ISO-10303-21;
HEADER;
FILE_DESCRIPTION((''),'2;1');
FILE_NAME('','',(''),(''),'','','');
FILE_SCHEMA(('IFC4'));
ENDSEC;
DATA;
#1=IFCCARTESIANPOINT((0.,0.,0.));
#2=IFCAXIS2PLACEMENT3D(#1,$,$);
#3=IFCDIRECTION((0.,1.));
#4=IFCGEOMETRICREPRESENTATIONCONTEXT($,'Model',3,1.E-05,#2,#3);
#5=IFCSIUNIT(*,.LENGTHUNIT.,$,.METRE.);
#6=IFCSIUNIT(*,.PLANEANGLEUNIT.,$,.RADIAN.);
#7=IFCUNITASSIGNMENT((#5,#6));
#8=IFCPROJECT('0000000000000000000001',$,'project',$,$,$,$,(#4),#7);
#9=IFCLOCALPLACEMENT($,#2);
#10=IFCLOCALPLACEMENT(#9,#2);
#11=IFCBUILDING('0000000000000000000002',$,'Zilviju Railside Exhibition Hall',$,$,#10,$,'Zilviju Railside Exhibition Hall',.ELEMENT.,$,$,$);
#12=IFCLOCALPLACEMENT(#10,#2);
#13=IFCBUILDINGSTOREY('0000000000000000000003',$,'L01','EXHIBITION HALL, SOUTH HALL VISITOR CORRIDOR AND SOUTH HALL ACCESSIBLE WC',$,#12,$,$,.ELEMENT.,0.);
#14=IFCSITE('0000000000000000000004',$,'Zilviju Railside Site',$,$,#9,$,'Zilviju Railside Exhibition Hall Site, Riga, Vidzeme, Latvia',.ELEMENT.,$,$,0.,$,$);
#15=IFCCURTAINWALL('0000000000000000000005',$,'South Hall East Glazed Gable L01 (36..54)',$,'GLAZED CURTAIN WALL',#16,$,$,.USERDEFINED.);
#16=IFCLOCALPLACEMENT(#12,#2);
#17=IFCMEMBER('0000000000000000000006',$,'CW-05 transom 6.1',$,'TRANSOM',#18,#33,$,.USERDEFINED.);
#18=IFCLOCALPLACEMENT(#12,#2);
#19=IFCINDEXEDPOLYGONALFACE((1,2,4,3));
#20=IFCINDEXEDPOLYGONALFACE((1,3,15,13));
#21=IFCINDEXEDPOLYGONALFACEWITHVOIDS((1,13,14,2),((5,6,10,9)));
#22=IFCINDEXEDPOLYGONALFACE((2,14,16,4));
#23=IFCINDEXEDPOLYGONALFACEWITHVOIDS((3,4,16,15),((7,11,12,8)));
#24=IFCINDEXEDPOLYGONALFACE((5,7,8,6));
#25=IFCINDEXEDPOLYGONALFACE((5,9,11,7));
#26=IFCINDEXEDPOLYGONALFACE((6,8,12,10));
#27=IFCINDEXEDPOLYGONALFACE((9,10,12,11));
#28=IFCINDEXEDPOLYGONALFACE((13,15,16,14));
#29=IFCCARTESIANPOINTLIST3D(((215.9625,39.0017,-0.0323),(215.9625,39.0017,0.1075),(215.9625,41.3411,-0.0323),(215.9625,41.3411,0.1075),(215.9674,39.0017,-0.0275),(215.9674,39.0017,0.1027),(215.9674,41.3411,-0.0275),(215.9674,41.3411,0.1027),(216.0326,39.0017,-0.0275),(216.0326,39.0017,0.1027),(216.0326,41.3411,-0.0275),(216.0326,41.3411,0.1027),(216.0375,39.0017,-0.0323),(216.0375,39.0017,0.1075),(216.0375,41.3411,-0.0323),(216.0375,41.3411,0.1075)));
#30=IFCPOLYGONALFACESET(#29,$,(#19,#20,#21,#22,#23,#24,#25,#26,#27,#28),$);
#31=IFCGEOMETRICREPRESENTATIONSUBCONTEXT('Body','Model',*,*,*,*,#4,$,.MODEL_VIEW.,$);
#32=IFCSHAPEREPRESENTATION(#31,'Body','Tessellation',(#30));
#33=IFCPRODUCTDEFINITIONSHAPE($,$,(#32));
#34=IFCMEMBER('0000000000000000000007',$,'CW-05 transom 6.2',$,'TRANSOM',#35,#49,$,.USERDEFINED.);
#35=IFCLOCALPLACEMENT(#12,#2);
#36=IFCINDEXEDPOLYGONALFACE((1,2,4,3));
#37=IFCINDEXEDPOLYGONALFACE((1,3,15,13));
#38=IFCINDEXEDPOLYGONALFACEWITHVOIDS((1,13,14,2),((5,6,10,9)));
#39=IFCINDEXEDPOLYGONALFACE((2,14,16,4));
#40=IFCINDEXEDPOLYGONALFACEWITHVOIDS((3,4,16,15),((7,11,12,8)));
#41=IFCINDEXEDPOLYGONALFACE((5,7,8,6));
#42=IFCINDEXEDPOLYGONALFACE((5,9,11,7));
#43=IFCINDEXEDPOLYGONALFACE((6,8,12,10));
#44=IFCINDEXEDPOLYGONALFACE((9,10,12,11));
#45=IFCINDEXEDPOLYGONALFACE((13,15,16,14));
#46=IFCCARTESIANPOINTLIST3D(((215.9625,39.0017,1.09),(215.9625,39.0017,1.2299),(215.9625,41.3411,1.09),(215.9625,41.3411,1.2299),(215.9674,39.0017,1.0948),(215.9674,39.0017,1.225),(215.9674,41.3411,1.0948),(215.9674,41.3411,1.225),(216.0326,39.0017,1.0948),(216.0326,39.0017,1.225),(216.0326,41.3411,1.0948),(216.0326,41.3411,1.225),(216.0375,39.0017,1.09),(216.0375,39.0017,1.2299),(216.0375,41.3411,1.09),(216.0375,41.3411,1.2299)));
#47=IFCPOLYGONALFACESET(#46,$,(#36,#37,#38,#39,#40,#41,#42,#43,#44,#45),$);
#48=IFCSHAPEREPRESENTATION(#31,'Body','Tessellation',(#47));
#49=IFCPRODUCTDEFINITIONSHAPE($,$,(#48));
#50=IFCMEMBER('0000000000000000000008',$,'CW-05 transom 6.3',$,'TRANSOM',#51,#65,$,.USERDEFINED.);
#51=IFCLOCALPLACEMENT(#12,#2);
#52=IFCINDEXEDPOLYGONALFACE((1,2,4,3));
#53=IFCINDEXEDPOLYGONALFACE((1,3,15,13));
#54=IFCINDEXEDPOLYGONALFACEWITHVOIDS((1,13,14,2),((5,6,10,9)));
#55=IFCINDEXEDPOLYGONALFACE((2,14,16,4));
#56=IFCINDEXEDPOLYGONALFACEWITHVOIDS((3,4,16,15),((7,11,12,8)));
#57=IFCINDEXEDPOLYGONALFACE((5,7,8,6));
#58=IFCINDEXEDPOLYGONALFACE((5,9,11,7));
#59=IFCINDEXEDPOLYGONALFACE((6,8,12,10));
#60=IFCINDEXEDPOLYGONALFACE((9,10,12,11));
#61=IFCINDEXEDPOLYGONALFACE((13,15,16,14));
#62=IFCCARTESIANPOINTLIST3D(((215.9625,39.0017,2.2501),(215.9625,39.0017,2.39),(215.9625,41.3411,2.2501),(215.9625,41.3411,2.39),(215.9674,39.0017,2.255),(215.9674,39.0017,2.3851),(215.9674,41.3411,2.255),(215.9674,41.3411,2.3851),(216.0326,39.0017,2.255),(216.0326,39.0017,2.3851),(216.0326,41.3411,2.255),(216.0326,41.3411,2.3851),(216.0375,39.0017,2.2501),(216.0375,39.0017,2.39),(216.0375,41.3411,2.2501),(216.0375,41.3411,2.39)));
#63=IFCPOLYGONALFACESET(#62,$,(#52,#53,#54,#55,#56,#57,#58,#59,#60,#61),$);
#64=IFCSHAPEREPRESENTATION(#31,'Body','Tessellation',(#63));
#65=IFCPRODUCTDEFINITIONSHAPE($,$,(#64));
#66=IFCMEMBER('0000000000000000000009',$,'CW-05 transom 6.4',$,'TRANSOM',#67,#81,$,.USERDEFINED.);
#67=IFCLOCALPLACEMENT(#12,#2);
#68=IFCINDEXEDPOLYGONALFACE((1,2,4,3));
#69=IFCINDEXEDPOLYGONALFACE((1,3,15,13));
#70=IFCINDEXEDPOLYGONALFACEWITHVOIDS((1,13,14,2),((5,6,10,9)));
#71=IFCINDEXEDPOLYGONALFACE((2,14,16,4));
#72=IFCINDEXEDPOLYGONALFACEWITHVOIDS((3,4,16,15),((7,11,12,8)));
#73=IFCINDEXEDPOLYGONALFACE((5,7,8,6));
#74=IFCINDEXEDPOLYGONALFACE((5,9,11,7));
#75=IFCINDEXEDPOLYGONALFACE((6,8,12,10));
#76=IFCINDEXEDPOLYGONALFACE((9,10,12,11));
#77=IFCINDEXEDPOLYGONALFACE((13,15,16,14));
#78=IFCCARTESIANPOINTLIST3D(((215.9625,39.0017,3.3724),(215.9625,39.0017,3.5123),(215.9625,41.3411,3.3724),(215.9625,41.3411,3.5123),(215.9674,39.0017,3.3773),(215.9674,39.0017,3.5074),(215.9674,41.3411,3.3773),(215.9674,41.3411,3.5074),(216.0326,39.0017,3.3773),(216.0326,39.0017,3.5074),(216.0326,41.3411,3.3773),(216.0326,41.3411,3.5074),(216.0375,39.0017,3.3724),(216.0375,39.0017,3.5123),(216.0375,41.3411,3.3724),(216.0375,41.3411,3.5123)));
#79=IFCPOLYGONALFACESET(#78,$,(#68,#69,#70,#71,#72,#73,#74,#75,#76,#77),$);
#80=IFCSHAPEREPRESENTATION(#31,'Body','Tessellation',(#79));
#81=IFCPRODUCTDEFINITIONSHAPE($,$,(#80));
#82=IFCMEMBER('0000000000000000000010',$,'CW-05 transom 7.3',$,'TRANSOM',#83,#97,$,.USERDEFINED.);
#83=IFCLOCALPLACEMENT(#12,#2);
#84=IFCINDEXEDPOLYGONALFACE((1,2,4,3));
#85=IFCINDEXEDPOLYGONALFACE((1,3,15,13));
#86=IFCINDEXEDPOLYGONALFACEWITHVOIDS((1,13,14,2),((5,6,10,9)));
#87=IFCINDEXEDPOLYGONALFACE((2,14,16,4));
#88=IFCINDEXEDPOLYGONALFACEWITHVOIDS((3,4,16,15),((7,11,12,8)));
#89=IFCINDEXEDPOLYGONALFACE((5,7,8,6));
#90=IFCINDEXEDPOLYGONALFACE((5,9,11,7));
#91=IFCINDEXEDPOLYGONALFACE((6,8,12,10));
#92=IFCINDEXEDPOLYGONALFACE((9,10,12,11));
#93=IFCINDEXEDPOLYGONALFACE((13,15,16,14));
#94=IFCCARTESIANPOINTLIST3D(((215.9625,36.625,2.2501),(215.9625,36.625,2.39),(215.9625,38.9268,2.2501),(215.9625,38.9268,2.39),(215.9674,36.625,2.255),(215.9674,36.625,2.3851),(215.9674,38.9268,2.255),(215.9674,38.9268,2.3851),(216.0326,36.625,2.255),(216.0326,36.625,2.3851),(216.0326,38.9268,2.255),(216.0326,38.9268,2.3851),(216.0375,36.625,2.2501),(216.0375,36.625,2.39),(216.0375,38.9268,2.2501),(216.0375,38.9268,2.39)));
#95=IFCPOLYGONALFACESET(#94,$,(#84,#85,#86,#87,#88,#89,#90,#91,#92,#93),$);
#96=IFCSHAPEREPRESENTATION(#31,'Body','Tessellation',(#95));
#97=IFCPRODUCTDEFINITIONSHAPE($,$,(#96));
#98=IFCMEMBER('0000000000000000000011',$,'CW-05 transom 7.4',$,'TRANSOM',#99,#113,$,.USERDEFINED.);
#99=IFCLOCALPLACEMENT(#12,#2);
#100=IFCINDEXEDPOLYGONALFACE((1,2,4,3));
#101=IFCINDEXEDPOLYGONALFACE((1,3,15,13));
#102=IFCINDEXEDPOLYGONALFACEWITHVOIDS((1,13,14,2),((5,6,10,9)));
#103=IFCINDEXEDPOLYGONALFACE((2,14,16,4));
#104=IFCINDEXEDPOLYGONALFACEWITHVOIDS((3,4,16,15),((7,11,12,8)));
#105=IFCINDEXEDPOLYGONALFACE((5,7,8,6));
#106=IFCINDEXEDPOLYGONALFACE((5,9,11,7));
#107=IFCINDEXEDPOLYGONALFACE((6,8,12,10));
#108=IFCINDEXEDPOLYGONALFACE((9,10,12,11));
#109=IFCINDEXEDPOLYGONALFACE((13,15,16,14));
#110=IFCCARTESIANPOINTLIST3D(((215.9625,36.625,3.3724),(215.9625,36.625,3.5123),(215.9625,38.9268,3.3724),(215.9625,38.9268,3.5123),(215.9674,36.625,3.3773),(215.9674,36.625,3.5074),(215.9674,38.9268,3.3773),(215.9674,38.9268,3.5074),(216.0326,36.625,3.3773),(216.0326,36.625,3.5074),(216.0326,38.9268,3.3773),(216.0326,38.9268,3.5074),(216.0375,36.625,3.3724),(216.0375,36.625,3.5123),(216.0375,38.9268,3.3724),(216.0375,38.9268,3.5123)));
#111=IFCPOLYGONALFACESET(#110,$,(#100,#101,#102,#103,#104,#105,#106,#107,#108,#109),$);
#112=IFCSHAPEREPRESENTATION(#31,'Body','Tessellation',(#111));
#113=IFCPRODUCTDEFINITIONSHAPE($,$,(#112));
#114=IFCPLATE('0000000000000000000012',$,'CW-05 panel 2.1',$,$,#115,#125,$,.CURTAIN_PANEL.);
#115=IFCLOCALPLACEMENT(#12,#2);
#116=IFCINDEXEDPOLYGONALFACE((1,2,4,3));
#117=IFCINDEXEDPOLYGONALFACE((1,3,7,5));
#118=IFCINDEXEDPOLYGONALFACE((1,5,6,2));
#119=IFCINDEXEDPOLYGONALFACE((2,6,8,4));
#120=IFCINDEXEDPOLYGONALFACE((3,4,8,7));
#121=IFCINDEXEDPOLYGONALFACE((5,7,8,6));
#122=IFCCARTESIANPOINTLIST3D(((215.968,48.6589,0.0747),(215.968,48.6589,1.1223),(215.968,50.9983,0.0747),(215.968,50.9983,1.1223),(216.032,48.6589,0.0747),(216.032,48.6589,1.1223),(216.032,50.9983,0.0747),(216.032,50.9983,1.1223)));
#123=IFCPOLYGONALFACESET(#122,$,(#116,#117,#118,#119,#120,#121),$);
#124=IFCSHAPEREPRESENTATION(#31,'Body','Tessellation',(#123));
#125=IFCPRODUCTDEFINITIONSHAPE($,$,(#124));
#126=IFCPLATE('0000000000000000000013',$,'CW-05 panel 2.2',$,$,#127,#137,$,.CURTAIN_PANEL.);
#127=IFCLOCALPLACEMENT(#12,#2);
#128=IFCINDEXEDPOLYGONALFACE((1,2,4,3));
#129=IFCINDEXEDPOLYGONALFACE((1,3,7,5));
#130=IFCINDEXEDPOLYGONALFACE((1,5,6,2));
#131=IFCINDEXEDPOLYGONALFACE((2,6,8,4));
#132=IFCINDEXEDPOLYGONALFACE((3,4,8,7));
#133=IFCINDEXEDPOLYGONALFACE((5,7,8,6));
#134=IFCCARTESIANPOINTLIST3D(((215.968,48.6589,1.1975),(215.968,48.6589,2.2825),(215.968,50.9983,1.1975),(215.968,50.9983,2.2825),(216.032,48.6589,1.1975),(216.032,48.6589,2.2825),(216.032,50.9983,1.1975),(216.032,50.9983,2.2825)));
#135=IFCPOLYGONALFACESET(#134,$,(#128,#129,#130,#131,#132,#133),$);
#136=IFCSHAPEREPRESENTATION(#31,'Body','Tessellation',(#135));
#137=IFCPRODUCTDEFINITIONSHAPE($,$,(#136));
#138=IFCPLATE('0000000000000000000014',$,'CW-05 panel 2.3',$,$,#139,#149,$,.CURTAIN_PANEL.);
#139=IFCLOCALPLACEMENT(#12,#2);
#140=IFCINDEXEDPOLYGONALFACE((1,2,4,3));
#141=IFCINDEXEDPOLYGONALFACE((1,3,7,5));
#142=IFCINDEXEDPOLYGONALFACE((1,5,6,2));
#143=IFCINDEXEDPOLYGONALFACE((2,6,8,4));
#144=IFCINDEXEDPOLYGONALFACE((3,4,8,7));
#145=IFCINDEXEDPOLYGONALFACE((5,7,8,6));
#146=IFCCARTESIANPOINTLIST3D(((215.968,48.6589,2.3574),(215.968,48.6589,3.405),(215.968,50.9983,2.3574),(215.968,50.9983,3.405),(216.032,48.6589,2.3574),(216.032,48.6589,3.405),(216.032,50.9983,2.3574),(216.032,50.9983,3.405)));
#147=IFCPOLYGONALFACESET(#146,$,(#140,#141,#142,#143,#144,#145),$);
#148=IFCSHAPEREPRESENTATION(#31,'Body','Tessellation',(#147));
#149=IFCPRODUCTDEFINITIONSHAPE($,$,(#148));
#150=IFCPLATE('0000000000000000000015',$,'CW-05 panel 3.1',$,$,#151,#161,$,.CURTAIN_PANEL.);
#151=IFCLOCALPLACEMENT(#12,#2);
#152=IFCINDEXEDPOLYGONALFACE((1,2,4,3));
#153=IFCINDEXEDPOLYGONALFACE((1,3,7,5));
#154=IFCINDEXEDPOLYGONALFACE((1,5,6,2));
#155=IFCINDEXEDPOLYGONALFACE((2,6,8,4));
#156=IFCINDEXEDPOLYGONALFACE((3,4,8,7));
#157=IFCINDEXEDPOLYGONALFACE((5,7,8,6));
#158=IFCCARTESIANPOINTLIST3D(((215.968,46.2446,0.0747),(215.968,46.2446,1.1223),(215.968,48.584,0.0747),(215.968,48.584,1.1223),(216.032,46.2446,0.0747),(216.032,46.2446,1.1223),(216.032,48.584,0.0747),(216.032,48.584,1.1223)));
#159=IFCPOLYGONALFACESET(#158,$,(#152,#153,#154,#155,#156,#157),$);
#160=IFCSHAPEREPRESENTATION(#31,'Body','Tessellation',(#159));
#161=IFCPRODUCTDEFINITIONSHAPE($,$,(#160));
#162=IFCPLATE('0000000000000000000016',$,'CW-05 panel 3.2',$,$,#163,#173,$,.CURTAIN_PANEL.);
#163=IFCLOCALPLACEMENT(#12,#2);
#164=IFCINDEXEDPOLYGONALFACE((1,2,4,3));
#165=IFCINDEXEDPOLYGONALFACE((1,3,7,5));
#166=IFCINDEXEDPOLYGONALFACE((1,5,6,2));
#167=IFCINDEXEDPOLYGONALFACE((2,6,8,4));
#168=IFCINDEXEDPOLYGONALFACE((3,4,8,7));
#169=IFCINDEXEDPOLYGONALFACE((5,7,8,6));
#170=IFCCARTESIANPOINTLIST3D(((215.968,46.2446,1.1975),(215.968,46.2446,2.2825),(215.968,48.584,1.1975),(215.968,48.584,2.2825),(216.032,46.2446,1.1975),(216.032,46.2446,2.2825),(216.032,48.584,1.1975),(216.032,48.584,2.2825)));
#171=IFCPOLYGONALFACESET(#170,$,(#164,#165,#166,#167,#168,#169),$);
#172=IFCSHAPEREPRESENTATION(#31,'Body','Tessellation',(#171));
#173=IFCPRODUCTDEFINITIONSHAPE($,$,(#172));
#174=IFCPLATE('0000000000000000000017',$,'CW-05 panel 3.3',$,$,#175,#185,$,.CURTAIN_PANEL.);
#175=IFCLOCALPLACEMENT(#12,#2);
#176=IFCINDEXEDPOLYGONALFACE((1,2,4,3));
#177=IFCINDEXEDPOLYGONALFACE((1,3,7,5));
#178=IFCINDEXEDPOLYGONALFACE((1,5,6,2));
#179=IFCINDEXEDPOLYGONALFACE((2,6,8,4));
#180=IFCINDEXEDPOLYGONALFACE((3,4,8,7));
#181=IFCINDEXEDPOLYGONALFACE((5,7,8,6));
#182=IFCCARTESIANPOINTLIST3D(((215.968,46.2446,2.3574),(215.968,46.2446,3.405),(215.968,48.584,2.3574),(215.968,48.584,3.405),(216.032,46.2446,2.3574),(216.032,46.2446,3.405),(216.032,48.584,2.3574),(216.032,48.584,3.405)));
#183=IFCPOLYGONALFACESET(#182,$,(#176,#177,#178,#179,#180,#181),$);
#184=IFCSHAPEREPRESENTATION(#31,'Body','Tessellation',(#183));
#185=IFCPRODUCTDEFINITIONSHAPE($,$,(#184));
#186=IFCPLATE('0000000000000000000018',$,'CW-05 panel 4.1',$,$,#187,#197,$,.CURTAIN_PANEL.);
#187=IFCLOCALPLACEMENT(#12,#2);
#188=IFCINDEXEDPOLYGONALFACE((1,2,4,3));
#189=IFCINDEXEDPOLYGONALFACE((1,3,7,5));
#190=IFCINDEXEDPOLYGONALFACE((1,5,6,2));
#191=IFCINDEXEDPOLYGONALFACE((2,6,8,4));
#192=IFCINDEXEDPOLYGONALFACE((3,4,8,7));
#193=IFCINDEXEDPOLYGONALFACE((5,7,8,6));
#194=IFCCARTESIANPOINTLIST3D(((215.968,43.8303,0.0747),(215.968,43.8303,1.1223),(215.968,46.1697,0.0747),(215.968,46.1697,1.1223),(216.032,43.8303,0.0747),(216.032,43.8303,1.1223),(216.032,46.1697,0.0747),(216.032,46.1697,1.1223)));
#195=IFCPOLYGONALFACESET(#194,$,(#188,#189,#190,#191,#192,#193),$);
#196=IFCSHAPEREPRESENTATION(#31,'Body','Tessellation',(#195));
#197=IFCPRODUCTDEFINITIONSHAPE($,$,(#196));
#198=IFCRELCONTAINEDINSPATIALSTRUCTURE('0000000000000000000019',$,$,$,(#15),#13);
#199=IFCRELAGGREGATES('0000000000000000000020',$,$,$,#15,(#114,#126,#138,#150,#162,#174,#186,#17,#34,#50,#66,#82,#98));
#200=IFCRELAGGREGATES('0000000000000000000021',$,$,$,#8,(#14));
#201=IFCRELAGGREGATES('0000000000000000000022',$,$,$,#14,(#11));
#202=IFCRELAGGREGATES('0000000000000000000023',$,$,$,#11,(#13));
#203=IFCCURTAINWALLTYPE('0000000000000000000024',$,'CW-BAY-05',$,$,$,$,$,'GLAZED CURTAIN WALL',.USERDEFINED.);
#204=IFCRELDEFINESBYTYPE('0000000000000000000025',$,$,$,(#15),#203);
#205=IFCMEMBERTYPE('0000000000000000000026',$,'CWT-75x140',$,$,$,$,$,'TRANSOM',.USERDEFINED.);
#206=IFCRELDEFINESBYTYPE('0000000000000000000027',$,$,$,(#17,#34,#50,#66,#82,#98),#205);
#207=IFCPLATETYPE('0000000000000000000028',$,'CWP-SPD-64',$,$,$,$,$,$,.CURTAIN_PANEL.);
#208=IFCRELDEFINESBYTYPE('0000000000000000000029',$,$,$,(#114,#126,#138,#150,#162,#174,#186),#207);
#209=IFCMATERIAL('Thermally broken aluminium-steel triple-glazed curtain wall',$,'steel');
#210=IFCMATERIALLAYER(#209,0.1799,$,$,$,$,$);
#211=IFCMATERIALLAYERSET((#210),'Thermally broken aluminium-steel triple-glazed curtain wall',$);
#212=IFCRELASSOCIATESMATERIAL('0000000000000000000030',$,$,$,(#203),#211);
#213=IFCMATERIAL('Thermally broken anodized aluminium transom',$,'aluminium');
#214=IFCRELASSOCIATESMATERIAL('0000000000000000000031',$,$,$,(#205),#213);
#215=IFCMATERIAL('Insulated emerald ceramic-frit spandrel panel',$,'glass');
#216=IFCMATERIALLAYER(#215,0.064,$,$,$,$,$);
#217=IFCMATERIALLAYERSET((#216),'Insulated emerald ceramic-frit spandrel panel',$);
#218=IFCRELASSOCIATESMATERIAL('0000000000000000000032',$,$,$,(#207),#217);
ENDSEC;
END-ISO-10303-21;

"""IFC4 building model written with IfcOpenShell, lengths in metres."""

from ifc_helpers import new_model, si_unit, direction, frame, origin, origin_2d, place, context, subcontext, project, spatial, rectangle, hollow_rectangle, extrude, material, layer, layer_set, material_profile, profile_set, type_object, element, aggregate, save


model = new_model("IFC4")

# Units and contexts
model_context = context("Model", 3, precision=1e-05, world=origin(), true_north=direction((0.0, 1.0)))
body_context = subcontext(model_context, "Body", "Model", "MODEL_VIEW")
ifc_project = project(units=[si_unit("LENGTHUNIT", "METRE"), si_unit("PLANEANGLEUNIT", "RADIAN")], contexts=[model_context])

# Site, building, storey
site_placement = place(None, origin())
site = spatial("IfcSite", under=ifc_project, at=site_placement, Name="Zilviju Railside Site", LongName="Zilviju Railside Exhibition Hall Site, Riga, Vidzeme, Latvia", CompositionType="ELEMENT", RefElevation=0.0)
building_placement = place(site_placement, origin())
building = spatial("IfcBuilding", under=site, at=building_placement, Name="Zilviju Railside Exhibition Hall", LongName="Zilviju Railside Exhibition Hall", CompositionType="ELEMENT")
storey_placement = place(building_placement, origin())
storey = spatial("IfcBuildingStorey", under=building, at=storey_placement, Name="L01", Description="EXHIBITION HALL, SOUTH HALL VISITOR CORRIDOR AND SOUTH HALL ACCESSIBLE WC", CompositionType="ELEMENT", Elevation=0.0)

# Curtain wall, members, plates
ifc_material_1 = material(Name="Thermally broken aluminium-steel triple-glazed curtain wall", Category="steel")
ifc_layer_1 = layer(ifc_material_1, 0.1799)
ifc_layer_set_1 = layer_set([ifc_layer_1], Name="Thermally broken aluminium-steel triple-glazed curtain wall")
curtain_wall_type = type_object("IfcCurtainWallType", Name="CW-BAY-05", ElementType="GLAZED CURTAIN WALL", PredefinedType="USERDEFINED", material=ifc_layer_set_1)
curtain_wall_placement = place(storey_placement, origin())
curtain_wall = element("IfcCurtainWall", 1, at=curtain_wall_placement, inside=storey, type_object=curtain_wall_type, Name="South Hall East Glazed Gable L01 (36..54)", ObjectType="GLAZED CURTAIN WALL", PredefinedType="USERDEFINED")
ifc_material_2 = material(Name="Thermally broken anodized aluminium transom", Category="aluminium")
ifc_material_profile_1 = material_profile(ifc_material_2, hollow_rectangle(XDim=0.075, YDim=0.1399, WallThickness=0.0049, at=origin_2d()), Name="TRANSOM 140x75x5")
ifc_profile_set_1 = profile_set([ifc_material_profile_1], Name="Thermally broken anodized aluminium transom")
member_type_1 = type_object("IfcMemberType", Name="CWT-75x140", ElementType="TRANSOM", PredefinedType="USERDEFINED", material=ifc_profile_set_1)
member_1_placement = place(storey_placement, frame((216.0, 41.3411, 0.0376), z_axis=(0.0, -1.0, 0.0), x_axis=(1.0, 0.0, 0.0)))
member_1 = element("IfcMember", 2, at=member_1_placement, type_object=member_type_1, Name="CW-05 transom 6.1", ObjectType="TRANSOM", PredefinedType="USERDEFINED", context=body_context, shape_type="SweptSolid", body=[
    extrude(hollow_rectangle(XDim=0.075, YDim=0.1399, WallThickness=0.0049, at=origin_2d()), origin(), (0.0, 0.0, 1.0), 2.3394),
])
member_2_placement = place(storey_placement, frame((216.0, 41.3411, 1.1599), z_axis=(0.0, -1.0, 0.0), x_axis=(1.0, 0.0, 0.0)))
member_2 = element("IfcMember", 3, at=member_2_placement, type_object=member_type_1, Name="CW-05 transom 6.2", ObjectType="TRANSOM", PredefinedType="USERDEFINED", context=body_context, shape_type="SweptSolid", body=[
    extrude(hollow_rectangle(XDim=0.075, YDim=0.1399, WallThickness=0.0049, at=origin_2d()), origin(), (0.0, 0.0, 1.0), 2.3394),
])
member_3_placement = place(storey_placement, frame((216.0, 41.3411, 2.3201), z_axis=(0.0, -1.0, 0.0), x_axis=(1.0, 0.0, 0.0)))
member_3 = element("IfcMember", 4, at=member_3_placement, type_object=member_type_1, Name="CW-05 transom 6.3", ObjectType="TRANSOM", PredefinedType="USERDEFINED", context=body_context, shape_type="SweptSolid", body=[
    extrude(hollow_rectangle(XDim=0.075, YDim=0.1399, WallThickness=0.0049, at=origin_2d()), origin(), (0.0, 0.0, 1.0), 2.3394),
])
member_4_placement = place(storey_placement, frame((216.0, 41.3411, 3.4424), z_axis=(0.0, -1.0, 0.0), x_axis=(1.0, 0.0, 0.0)))
member_4 = element("IfcMember", 5, at=member_4_placement, type_object=member_type_1, Name="CW-05 transom 6.4", ObjectType="TRANSOM", PredefinedType="USERDEFINED", context=body_context, shape_type="SweptSolid", body=[
    extrude(hollow_rectangle(XDim=0.075, YDim=0.1399, WallThickness=0.0049, at=origin_2d()), origin(), (0.0, 0.0, 1.0), 2.3394),
])
member_5_placement = place(storey_placement, frame((216.0, 38.9268, 2.3201), z_axis=(0.0, -1.0, 0.0), x_axis=(1.0, 0.0, 0.0)))
member_5 = element("IfcMember", 6, at=member_5_placement, type_object=member_type_1, Name="CW-05 transom 7.3", ObjectType="TRANSOM", PredefinedType="USERDEFINED", context=body_context, shape_type="SweptSolid", body=[
    extrude(hollow_rectangle(XDim=0.075, YDim=0.1399, WallThickness=0.0049, at=origin_2d()), origin(), (0.0, 0.0, 1.0), 2.3018),
])
member_6_placement = place(storey_placement, frame((216.0, 38.9268, 3.4424), z_axis=(0.0, -1.0, 0.0), x_axis=(1.0, 0.0, 0.0)))
member_6 = element("IfcMember", 7, at=member_6_placement, type_object=member_type_1, Name="CW-05 transom 7.4", ObjectType="TRANSOM", PredefinedType="USERDEFINED", context=body_context, shape_type="SweptSolid", body=[
    extrude(hollow_rectangle(XDim=0.075, YDim=0.1399, WallThickness=0.0049, at=origin_2d()), origin(), (0.0, 0.0, 1.0), 2.3018),
])
ifc_material_3 = material(Name="Insulated emerald ceramic-frit spandrel panel", Category="glass")
ifc_layer_2 = layer(ifc_material_3, 0.064)
ifc_layer_set_2 = layer_set([ifc_layer_2], Name="Insulated emerald ceramic-frit spandrel panel")
plate_type = type_object("IfcPlateType", Name="CWP-SPD-64", PredefinedType="CURTAIN_PANEL", material=ifc_layer_set_2)
plate_1_placement = place(storey_placement, frame((216.0, 49.8286, 0.0747), z_axis=(0.0, 0.0, 1.0), x_axis=(0.0, -1.0, 0.0)))
plate_1 = element("IfcPlate", 8, at=plate_1_placement, type_object=plate_type, Name="CW-05 panel 2.1", PredefinedType="CURTAIN_PANEL", context=body_context, shape_type="SweptSolid", body=[
    extrude(rectangle(XDim=2.3394, YDim=0.064, at=origin_2d()), origin(), (0.0, 0.0, 1.0), 1.0476),
])
plate_2_placement = place(storey_placement, frame((216.0, 49.8286, 1.1975), z_axis=(0.0, 0.0, 1.0), x_axis=(0.0, -1.0, 0.0)))
plate_2 = element("IfcPlate", 9, at=plate_2_placement, type_object=plate_type, Name="CW-05 panel 2.2", PredefinedType="CURTAIN_PANEL", context=body_context, shape_type="SweptSolid", body=[
    extrude(rectangle(XDim=2.3394, YDim=0.064, at=origin_2d()), origin(), (0.0, 0.0, 1.0), 1.085),
])
plate_3_placement = place(storey_placement, frame((216.0, 49.8286, 2.3574), z_axis=(0.0, 0.0, 1.0), x_axis=(0.0, -1.0, 0.0)))
plate_3 = element("IfcPlate", 10, at=plate_3_placement, type_object=plate_type, Name="CW-05 panel 2.3", PredefinedType="CURTAIN_PANEL", context=body_context, shape_type="SweptSolid", body=[
    extrude(rectangle(XDim=2.3394, YDim=0.064, at=origin_2d()), origin(), (0.0, 0.0, 1.0), 1.0476),
])
plate_4_placement = place(storey_placement, frame((216.0, 47.4143, 0.0747), z_axis=(0.0, 0.0, 1.0), x_axis=(0.0, -1.0, 0.0)))
plate_4 = element("IfcPlate", 11, at=plate_4_placement, type_object=plate_type, Name="CW-05 panel 3.1", PredefinedType="CURTAIN_PANEL", context=body_context, shape_type="SweptSolid", body=[
    extrude(rectangle(XDim=2.3394, YDim=0.064, at=origin_2d()), origin(), (0.0, 0.0, 1.0), 1.0476),
])
plate_5_placement = place(storey_placement, frame((216.0, 47.4143, 1.1975), z_axis=(0.0, 0.0, 1.0), x_axis=(0.0, -1.0, 0.0)))
plate_5 = element("IfcPlate", 12, at=plate_5_placement, type_object=plate_type, Name="CW-05 panel 3.2", PredefinedType="CURTAIN_PANEL", context=body_context, shape_type="SweptSolid", body=[
    extrude(rectangle(XDim=2.3394, YDim=0.064, at=origin_2d()), origin(), (0.0, 0.0, 1.0), 1.085),
])
plate_6_placement = place(storey_placement, frame((216.0, 47.4143, 2.3574), z_axis=(0.0, 0.0, 1.0), x_axis=(0.0, -1.0, 0.0)))
plate_6 = element("IfcPlate", 13, at=plate_6_placement, type_object=plate_type, Name="CW-05 panel 3.3", PredefinedType="CURTAIN_PANEL", context=body_context, shape_type="SweptSolid", body=[
    extrude(rectangle(XDim=2.3394, YDim=0.064, at=origin_2d()), origin(), (0.0, 0.0, 1.0), 1.0476),
])
plate_7_placement = place(storey_placement, frame((216.0, 45.0, 0.0747), z_axis=(0.0, 0.0, 1.0), x_axis=(0.0, -1.0, 0.0)))
plate_7 = element("IfcPlate", 14, at=plate_7_placement, type_object=plate_type, Name="CW-05 panel 4.1", PredefinedType="CURTAIN_PANEL", context=body_context, shape_type="SweptSolid", body=[
    extrude(rectangle(XDim=2.3394, YDim=0.064, at=origin_2d()), origin(), (0.0, 0.0, 1.0), 1.0476),
])
aggregate(curtain_wall, [plate_1, plate_2, plate_3, plate_4, plate_5, plate_6, plate_7, member_1, member_2, member_3, member_4, member_5, member_6])

save(model, "model.ifc")
